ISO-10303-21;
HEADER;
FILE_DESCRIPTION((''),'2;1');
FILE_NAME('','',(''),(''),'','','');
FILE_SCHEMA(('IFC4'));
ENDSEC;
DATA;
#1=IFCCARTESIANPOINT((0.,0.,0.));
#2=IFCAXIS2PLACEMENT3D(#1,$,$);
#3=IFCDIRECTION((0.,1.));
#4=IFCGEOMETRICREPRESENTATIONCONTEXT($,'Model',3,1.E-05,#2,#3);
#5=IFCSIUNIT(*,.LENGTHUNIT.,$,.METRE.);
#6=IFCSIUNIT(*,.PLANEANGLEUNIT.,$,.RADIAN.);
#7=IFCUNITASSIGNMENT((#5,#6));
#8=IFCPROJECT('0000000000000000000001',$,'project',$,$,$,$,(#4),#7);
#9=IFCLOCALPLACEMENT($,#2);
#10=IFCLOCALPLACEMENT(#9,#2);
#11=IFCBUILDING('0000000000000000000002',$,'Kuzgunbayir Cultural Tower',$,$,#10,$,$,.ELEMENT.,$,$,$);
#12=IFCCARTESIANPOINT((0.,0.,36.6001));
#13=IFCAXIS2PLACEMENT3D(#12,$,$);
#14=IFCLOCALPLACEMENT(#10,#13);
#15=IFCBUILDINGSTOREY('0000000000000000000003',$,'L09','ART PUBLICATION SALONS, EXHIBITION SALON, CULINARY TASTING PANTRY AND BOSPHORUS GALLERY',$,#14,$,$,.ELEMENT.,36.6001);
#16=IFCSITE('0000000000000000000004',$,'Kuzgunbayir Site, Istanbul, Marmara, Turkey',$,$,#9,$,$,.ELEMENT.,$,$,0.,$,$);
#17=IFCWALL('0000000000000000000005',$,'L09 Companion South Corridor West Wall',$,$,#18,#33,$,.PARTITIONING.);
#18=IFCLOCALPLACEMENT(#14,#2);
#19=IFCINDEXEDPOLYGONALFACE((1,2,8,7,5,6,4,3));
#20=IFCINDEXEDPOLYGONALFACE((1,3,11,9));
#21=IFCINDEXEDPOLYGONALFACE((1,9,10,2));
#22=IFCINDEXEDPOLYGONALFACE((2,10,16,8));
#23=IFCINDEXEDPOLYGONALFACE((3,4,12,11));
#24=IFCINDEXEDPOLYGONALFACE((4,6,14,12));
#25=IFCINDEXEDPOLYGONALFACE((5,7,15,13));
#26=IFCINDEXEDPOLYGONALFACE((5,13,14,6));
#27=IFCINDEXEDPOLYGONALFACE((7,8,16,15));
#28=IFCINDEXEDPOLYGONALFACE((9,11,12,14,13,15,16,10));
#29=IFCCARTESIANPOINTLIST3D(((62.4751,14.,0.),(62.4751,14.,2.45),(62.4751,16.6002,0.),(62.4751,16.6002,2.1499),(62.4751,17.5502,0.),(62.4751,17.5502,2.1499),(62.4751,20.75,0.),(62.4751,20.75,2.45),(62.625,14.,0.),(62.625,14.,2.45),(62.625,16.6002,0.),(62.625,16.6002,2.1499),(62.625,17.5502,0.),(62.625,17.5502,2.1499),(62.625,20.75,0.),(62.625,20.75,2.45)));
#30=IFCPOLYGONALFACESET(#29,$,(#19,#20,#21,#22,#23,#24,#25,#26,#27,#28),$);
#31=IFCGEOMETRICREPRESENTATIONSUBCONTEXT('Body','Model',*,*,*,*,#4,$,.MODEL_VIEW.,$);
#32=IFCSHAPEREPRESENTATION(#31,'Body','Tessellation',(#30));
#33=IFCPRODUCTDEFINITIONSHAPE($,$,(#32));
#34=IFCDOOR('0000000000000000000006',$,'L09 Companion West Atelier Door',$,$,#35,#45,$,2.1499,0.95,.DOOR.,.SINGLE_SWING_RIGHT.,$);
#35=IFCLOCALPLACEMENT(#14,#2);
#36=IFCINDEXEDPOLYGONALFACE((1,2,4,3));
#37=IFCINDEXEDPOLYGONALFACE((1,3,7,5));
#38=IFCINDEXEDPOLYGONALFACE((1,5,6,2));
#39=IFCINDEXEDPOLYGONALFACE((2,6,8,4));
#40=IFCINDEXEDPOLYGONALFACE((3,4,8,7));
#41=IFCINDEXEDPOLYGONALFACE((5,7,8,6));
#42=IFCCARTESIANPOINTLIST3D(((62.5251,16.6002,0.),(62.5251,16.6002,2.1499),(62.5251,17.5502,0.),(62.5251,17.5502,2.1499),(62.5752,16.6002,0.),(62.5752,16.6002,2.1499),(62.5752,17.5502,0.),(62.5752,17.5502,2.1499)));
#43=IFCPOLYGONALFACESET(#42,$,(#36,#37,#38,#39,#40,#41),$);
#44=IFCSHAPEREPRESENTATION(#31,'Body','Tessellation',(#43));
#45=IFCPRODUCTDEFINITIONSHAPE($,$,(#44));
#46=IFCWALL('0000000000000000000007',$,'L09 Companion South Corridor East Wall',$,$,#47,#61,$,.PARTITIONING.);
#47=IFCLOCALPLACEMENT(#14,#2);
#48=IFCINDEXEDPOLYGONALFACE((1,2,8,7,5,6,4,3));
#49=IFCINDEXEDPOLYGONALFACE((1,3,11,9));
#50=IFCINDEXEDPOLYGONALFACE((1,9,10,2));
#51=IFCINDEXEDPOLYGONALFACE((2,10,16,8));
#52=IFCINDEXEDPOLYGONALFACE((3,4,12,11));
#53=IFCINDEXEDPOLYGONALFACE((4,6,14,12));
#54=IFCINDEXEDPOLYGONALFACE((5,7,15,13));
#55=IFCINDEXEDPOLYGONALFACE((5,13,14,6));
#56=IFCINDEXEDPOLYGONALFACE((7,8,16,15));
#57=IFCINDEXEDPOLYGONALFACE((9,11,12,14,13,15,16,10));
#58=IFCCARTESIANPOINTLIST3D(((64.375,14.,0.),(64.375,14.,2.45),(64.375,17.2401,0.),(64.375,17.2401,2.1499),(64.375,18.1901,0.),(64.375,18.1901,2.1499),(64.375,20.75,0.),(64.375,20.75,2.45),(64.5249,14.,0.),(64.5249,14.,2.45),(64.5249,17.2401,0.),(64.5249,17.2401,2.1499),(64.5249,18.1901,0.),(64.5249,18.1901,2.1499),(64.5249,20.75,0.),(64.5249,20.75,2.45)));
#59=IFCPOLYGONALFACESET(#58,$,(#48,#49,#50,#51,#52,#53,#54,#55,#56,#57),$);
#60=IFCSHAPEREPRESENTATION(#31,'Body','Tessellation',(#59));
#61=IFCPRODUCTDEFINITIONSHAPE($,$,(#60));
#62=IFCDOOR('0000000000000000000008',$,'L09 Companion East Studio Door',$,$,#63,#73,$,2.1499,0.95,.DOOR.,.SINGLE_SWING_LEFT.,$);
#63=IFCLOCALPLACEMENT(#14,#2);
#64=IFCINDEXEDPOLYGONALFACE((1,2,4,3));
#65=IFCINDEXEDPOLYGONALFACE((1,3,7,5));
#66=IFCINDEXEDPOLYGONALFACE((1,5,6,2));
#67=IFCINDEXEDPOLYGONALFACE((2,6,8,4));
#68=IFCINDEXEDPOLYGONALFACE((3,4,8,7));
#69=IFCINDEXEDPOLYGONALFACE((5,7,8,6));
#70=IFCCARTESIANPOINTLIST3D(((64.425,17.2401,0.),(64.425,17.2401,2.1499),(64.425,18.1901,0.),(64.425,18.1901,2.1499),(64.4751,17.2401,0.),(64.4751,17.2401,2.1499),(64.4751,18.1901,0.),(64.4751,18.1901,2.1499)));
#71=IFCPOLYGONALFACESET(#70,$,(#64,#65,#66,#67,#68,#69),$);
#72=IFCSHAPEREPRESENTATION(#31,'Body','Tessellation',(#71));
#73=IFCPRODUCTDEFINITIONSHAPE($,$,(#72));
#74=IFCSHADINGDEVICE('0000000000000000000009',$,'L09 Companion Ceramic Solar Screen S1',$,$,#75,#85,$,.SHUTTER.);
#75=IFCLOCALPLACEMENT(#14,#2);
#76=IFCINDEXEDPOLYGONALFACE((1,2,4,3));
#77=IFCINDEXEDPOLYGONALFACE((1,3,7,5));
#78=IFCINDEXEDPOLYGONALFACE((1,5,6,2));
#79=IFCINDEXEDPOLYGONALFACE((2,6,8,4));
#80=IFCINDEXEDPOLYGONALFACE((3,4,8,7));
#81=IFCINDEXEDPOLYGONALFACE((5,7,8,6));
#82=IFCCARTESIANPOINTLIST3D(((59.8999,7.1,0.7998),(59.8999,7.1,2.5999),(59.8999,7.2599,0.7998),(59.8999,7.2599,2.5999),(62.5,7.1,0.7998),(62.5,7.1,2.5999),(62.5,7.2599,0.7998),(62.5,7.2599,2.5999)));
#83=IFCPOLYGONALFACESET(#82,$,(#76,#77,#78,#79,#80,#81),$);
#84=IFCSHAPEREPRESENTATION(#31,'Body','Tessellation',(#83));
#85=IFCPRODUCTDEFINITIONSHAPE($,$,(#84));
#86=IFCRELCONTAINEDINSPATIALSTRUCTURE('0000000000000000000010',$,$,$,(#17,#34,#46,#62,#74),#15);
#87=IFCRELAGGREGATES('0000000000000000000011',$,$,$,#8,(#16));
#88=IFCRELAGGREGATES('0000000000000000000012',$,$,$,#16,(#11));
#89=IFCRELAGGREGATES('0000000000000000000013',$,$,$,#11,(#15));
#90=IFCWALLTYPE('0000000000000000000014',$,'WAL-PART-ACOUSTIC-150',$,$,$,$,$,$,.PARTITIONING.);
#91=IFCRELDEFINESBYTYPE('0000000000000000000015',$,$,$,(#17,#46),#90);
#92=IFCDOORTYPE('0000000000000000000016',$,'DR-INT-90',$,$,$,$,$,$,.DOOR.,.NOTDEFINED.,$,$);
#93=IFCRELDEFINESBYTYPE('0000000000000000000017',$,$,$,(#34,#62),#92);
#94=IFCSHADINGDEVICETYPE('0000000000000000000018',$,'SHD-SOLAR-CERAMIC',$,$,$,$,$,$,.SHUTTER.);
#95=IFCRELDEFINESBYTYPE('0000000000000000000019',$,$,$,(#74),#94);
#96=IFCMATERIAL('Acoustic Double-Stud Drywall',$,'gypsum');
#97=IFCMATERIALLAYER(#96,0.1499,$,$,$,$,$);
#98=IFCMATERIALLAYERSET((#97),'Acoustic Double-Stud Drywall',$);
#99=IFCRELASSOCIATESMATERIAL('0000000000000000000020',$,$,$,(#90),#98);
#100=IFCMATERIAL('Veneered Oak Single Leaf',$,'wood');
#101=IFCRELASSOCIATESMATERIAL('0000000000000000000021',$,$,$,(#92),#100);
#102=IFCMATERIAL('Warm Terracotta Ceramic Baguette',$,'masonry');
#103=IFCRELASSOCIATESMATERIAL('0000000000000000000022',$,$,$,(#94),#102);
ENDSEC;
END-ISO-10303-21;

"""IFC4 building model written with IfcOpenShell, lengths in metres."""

from ifc_helpers import new_model, si_unit, direction, frame, frame_2d, origin, origin_2d, place, context, subcontext, project, spatial, rectangle, extrude, material, layer, layer_set, type_object, element, fill, save


model = new_model("IFC4")

# Units and contexts
model_context = context("Model", 3, precision=1e-05, world=origin(), true_north=direction((0.0, 1.0)))
body_context = subcontext(model_context, "Body", "Model", "MODEL_VIEW")
ifc_project = project(units=[si_unit("LENGTHUNIT", "METRE"), si_unit("PLANEANGLEUNIT", "RADIAN")], contexts=[model_context])

# Site, building, storey
site_placement = place(None, origin())
site = spatial("IfcSite", under=ifc_project, at=site_placement, Name="Kuzgunbayir Site, Istanbul, Marmara, Turkey", CompositionType="ELEMENT", RefElevation=0.0)
building_placement = place(site_placement, origin())
building = spatial("IfcBuilding", under=site, at=building_placement, Name="Kuzgunbayir Cultural Tower", CompositionType="ELEMENT")
storey_placement = place(building_placement, frame((0.0, 0.0, 36.6001)))
storey = spatial("IfcBuildingStorey", under=building, at=storey_placement, Name="L09", Description="ART PUBLICATION SALONS, EXHIBITION SALON, CULINARY TASTING PANTRY AND BOSPHORUS GALLERY", CompositionType="ELEMENT", Elevation=36.6001)

# Shared definitions
ifc_material_1 = material(Name="Acoustic Double-Stud Drywall", Category="gypsum")
ifc_layer_1 = layer(ifc_material_1, 0.1499)
ifc_layer_set_1 = layer_set([ifc_layer_1], Name="Acoustic Double-Stud Drywall")
wall_type_1 = type_object("IfcWallType", Name="WAL-PART-ACOUSTIC-150", PredefinedType="PARTITIONING", material=ifc_layer_set_1)
ifc_material_2 = material(Name="Veneered Oak Single Leaf", Category="wood")
door_type_1 = type_object("IfcDoorType", Name="DR-INT-90", OperationType="NOTDEFINED", PredefinedType="DOOR", material=ifc_material_2)

# Walls, openings, doors
wall_1_placement = place(storey_placement, frame((62.55, 14.0, 0.0), z_axis=(0.0, 0.0, 1.0), x_axis=(0.0, 1.0, 0.0)))
wall_1 = element("IfcWall", 1, at=wall_1_placement, inside=storey, type_object=wall_type_1, Name="L09 Companion South Corridor West Wall", PredefinedType="PARTITIONING", context=body_context, shape_type="SweptSolid", body=[
    extrude(rectangle(XDim=6.75, YDim=0.1499, at=frame_2d((3.375, 0.0))), origin(), (0.0, 0.0, 1.0), 2.45),
])
opening_1_placement = place(wall_1_placement, frame((2.6001, 0.0, 0.0)))
opening_1 = element("IfcOpeningElement", 2, at=opening_1_placement, cuts=wall_1, PredefinedType="OPENING", context=body_context, shape_type="SweptSolid", body=[
    extrude(rectangle(XDim=0.95, YDim=2.1499, at=frame_2d((0.4751, 1.075))), frame((0.0, 0.085, 0.0), z_axis=(0.0, -1.0, 0.0), x_axis=(1.0, 0.0, 0.0)), (0.0, 0.0, 1.0), 0.1699),
])
door_1_placement = place(opening_1_placement, origin())
door_1 = element("IfcDoor", 3, at=door_1_placement, inside=storey, type_object=door_type_1, Name="L09 Companion West Atelier Door", OperationType="SINGLE_SWING_RIGHT", OverallHeight=2.1499, OverallWidth=0.95, PredefinedType="DOOR", context=body_context, shape_type="SweptSolid", body=[
    extrude(rectangle(XDim=0.95, YDim=2.1499, at=frame_2d((0.4751, 1.075))), frame((0.0, 0.0249, 0.0), z_axis=(0.0, -1.0, 0.0), x_axis=(1.0, 0.0, 0.0)), (0.0, 0.0, 1.0), 0.05),
])
fill(opening_1, door_1)
wall_2_placement = place(storey_placement, frame((64.45, 14.0, 0.0), z_axis=(0.0, 0.0, 1.0), x_axis=(0.0, 1.0, 0.0)))
wall_2 = element("IfcWall", 4, at=wall_2_placement, inside=storey, type_object=wall_type_1, Name="L09 Companion South Corridor East Wall", PredefinedType="PARTITIONING", context=body_context, shape_type="SweptSolid", body=[
    extrude(rectangle(XDim=6.75, YDim=0.1499, at=frame_2d((3.375, 0.0))), origin(), (0.0, 0.0, 1.0), 2.45),
])
opening_2_placement = place(wall_2_placement, frame((3.24, 0.0, 0.0)))
opening_2 = element("IfcOpeningElement", 5, at=opening_2_placement, cuts=wall_2, PredefinedType="OPENING", context=body_context, shape_type="SweptSolid", body=[
    extrude(rectangle(XDim=0.95, YDim=2.1499, at=frame_2d((0.4751, 1.075))), frame((0.0, 0.085, 0.0), z_axis=(0.0, -1.0, 0.0), x_axis=(1.0, 0.0, 0.0)), (0.0, 0.0, 1.0), 0.1699),
])
door_2_placement = place(opening_2_placement, origin())
door_2 = element("IfcDoor", 6, at=door_2_placement, inside=storey, type_object=door_type_1, Name="L09 Companion East Studio Door", OperationType="SINGLE_SWING_LEFT", OverallHeight=2.1499, OverallWidth=0.95, PredefinedType="DOOR", context=body_context, shape_type="SweptSolid", body=[
    extrude(rectangle(XDim=0.95, YDim=2.1499, at=frame_2d((0.4751, 1.075))), frame((0.0, 0.0249, 0.0), z_axis=(0.0, -1.0, 0.0), x_axis=(1.0, 0.0, 0.0)), (0.0, 0.0, 1.0), 0.05),
])
fill(opening_2, door_2)

# Shading device
ifc_material_3 = material(Name="Warm Terracotta Ceramic Baguette", Category="masonry")
shading_device_type = type_object("IfcShadingDeviceType", Name="SHD-SOLAR-CERAMIC", PredefinedType="SHUTTER", material=ifc_material_3)
shading_device_placement = place(storey_placement, frame((61.2, 7.1799, 0.7998), z_axis=(0.0, 0.0, 1.0), x_axis=(1.0, 0.0, 0.0)))
element("IfcShadingDevice", 7, at=shading_device_placement, inside=storey, type_object=shading_device_type, Name="L09 Companion Ceramic Solar Screen S1", PredefinedType="SHUTTER", context=body_context, shape_type="SweptSolid", body=[
    extrude(rectangle(XDim=2.6001, YDim=0.1599, at=origin_2d()), origin(), (0.0, 0.0, 1.0), 1.8),
])

save(model, "model.ifc")
